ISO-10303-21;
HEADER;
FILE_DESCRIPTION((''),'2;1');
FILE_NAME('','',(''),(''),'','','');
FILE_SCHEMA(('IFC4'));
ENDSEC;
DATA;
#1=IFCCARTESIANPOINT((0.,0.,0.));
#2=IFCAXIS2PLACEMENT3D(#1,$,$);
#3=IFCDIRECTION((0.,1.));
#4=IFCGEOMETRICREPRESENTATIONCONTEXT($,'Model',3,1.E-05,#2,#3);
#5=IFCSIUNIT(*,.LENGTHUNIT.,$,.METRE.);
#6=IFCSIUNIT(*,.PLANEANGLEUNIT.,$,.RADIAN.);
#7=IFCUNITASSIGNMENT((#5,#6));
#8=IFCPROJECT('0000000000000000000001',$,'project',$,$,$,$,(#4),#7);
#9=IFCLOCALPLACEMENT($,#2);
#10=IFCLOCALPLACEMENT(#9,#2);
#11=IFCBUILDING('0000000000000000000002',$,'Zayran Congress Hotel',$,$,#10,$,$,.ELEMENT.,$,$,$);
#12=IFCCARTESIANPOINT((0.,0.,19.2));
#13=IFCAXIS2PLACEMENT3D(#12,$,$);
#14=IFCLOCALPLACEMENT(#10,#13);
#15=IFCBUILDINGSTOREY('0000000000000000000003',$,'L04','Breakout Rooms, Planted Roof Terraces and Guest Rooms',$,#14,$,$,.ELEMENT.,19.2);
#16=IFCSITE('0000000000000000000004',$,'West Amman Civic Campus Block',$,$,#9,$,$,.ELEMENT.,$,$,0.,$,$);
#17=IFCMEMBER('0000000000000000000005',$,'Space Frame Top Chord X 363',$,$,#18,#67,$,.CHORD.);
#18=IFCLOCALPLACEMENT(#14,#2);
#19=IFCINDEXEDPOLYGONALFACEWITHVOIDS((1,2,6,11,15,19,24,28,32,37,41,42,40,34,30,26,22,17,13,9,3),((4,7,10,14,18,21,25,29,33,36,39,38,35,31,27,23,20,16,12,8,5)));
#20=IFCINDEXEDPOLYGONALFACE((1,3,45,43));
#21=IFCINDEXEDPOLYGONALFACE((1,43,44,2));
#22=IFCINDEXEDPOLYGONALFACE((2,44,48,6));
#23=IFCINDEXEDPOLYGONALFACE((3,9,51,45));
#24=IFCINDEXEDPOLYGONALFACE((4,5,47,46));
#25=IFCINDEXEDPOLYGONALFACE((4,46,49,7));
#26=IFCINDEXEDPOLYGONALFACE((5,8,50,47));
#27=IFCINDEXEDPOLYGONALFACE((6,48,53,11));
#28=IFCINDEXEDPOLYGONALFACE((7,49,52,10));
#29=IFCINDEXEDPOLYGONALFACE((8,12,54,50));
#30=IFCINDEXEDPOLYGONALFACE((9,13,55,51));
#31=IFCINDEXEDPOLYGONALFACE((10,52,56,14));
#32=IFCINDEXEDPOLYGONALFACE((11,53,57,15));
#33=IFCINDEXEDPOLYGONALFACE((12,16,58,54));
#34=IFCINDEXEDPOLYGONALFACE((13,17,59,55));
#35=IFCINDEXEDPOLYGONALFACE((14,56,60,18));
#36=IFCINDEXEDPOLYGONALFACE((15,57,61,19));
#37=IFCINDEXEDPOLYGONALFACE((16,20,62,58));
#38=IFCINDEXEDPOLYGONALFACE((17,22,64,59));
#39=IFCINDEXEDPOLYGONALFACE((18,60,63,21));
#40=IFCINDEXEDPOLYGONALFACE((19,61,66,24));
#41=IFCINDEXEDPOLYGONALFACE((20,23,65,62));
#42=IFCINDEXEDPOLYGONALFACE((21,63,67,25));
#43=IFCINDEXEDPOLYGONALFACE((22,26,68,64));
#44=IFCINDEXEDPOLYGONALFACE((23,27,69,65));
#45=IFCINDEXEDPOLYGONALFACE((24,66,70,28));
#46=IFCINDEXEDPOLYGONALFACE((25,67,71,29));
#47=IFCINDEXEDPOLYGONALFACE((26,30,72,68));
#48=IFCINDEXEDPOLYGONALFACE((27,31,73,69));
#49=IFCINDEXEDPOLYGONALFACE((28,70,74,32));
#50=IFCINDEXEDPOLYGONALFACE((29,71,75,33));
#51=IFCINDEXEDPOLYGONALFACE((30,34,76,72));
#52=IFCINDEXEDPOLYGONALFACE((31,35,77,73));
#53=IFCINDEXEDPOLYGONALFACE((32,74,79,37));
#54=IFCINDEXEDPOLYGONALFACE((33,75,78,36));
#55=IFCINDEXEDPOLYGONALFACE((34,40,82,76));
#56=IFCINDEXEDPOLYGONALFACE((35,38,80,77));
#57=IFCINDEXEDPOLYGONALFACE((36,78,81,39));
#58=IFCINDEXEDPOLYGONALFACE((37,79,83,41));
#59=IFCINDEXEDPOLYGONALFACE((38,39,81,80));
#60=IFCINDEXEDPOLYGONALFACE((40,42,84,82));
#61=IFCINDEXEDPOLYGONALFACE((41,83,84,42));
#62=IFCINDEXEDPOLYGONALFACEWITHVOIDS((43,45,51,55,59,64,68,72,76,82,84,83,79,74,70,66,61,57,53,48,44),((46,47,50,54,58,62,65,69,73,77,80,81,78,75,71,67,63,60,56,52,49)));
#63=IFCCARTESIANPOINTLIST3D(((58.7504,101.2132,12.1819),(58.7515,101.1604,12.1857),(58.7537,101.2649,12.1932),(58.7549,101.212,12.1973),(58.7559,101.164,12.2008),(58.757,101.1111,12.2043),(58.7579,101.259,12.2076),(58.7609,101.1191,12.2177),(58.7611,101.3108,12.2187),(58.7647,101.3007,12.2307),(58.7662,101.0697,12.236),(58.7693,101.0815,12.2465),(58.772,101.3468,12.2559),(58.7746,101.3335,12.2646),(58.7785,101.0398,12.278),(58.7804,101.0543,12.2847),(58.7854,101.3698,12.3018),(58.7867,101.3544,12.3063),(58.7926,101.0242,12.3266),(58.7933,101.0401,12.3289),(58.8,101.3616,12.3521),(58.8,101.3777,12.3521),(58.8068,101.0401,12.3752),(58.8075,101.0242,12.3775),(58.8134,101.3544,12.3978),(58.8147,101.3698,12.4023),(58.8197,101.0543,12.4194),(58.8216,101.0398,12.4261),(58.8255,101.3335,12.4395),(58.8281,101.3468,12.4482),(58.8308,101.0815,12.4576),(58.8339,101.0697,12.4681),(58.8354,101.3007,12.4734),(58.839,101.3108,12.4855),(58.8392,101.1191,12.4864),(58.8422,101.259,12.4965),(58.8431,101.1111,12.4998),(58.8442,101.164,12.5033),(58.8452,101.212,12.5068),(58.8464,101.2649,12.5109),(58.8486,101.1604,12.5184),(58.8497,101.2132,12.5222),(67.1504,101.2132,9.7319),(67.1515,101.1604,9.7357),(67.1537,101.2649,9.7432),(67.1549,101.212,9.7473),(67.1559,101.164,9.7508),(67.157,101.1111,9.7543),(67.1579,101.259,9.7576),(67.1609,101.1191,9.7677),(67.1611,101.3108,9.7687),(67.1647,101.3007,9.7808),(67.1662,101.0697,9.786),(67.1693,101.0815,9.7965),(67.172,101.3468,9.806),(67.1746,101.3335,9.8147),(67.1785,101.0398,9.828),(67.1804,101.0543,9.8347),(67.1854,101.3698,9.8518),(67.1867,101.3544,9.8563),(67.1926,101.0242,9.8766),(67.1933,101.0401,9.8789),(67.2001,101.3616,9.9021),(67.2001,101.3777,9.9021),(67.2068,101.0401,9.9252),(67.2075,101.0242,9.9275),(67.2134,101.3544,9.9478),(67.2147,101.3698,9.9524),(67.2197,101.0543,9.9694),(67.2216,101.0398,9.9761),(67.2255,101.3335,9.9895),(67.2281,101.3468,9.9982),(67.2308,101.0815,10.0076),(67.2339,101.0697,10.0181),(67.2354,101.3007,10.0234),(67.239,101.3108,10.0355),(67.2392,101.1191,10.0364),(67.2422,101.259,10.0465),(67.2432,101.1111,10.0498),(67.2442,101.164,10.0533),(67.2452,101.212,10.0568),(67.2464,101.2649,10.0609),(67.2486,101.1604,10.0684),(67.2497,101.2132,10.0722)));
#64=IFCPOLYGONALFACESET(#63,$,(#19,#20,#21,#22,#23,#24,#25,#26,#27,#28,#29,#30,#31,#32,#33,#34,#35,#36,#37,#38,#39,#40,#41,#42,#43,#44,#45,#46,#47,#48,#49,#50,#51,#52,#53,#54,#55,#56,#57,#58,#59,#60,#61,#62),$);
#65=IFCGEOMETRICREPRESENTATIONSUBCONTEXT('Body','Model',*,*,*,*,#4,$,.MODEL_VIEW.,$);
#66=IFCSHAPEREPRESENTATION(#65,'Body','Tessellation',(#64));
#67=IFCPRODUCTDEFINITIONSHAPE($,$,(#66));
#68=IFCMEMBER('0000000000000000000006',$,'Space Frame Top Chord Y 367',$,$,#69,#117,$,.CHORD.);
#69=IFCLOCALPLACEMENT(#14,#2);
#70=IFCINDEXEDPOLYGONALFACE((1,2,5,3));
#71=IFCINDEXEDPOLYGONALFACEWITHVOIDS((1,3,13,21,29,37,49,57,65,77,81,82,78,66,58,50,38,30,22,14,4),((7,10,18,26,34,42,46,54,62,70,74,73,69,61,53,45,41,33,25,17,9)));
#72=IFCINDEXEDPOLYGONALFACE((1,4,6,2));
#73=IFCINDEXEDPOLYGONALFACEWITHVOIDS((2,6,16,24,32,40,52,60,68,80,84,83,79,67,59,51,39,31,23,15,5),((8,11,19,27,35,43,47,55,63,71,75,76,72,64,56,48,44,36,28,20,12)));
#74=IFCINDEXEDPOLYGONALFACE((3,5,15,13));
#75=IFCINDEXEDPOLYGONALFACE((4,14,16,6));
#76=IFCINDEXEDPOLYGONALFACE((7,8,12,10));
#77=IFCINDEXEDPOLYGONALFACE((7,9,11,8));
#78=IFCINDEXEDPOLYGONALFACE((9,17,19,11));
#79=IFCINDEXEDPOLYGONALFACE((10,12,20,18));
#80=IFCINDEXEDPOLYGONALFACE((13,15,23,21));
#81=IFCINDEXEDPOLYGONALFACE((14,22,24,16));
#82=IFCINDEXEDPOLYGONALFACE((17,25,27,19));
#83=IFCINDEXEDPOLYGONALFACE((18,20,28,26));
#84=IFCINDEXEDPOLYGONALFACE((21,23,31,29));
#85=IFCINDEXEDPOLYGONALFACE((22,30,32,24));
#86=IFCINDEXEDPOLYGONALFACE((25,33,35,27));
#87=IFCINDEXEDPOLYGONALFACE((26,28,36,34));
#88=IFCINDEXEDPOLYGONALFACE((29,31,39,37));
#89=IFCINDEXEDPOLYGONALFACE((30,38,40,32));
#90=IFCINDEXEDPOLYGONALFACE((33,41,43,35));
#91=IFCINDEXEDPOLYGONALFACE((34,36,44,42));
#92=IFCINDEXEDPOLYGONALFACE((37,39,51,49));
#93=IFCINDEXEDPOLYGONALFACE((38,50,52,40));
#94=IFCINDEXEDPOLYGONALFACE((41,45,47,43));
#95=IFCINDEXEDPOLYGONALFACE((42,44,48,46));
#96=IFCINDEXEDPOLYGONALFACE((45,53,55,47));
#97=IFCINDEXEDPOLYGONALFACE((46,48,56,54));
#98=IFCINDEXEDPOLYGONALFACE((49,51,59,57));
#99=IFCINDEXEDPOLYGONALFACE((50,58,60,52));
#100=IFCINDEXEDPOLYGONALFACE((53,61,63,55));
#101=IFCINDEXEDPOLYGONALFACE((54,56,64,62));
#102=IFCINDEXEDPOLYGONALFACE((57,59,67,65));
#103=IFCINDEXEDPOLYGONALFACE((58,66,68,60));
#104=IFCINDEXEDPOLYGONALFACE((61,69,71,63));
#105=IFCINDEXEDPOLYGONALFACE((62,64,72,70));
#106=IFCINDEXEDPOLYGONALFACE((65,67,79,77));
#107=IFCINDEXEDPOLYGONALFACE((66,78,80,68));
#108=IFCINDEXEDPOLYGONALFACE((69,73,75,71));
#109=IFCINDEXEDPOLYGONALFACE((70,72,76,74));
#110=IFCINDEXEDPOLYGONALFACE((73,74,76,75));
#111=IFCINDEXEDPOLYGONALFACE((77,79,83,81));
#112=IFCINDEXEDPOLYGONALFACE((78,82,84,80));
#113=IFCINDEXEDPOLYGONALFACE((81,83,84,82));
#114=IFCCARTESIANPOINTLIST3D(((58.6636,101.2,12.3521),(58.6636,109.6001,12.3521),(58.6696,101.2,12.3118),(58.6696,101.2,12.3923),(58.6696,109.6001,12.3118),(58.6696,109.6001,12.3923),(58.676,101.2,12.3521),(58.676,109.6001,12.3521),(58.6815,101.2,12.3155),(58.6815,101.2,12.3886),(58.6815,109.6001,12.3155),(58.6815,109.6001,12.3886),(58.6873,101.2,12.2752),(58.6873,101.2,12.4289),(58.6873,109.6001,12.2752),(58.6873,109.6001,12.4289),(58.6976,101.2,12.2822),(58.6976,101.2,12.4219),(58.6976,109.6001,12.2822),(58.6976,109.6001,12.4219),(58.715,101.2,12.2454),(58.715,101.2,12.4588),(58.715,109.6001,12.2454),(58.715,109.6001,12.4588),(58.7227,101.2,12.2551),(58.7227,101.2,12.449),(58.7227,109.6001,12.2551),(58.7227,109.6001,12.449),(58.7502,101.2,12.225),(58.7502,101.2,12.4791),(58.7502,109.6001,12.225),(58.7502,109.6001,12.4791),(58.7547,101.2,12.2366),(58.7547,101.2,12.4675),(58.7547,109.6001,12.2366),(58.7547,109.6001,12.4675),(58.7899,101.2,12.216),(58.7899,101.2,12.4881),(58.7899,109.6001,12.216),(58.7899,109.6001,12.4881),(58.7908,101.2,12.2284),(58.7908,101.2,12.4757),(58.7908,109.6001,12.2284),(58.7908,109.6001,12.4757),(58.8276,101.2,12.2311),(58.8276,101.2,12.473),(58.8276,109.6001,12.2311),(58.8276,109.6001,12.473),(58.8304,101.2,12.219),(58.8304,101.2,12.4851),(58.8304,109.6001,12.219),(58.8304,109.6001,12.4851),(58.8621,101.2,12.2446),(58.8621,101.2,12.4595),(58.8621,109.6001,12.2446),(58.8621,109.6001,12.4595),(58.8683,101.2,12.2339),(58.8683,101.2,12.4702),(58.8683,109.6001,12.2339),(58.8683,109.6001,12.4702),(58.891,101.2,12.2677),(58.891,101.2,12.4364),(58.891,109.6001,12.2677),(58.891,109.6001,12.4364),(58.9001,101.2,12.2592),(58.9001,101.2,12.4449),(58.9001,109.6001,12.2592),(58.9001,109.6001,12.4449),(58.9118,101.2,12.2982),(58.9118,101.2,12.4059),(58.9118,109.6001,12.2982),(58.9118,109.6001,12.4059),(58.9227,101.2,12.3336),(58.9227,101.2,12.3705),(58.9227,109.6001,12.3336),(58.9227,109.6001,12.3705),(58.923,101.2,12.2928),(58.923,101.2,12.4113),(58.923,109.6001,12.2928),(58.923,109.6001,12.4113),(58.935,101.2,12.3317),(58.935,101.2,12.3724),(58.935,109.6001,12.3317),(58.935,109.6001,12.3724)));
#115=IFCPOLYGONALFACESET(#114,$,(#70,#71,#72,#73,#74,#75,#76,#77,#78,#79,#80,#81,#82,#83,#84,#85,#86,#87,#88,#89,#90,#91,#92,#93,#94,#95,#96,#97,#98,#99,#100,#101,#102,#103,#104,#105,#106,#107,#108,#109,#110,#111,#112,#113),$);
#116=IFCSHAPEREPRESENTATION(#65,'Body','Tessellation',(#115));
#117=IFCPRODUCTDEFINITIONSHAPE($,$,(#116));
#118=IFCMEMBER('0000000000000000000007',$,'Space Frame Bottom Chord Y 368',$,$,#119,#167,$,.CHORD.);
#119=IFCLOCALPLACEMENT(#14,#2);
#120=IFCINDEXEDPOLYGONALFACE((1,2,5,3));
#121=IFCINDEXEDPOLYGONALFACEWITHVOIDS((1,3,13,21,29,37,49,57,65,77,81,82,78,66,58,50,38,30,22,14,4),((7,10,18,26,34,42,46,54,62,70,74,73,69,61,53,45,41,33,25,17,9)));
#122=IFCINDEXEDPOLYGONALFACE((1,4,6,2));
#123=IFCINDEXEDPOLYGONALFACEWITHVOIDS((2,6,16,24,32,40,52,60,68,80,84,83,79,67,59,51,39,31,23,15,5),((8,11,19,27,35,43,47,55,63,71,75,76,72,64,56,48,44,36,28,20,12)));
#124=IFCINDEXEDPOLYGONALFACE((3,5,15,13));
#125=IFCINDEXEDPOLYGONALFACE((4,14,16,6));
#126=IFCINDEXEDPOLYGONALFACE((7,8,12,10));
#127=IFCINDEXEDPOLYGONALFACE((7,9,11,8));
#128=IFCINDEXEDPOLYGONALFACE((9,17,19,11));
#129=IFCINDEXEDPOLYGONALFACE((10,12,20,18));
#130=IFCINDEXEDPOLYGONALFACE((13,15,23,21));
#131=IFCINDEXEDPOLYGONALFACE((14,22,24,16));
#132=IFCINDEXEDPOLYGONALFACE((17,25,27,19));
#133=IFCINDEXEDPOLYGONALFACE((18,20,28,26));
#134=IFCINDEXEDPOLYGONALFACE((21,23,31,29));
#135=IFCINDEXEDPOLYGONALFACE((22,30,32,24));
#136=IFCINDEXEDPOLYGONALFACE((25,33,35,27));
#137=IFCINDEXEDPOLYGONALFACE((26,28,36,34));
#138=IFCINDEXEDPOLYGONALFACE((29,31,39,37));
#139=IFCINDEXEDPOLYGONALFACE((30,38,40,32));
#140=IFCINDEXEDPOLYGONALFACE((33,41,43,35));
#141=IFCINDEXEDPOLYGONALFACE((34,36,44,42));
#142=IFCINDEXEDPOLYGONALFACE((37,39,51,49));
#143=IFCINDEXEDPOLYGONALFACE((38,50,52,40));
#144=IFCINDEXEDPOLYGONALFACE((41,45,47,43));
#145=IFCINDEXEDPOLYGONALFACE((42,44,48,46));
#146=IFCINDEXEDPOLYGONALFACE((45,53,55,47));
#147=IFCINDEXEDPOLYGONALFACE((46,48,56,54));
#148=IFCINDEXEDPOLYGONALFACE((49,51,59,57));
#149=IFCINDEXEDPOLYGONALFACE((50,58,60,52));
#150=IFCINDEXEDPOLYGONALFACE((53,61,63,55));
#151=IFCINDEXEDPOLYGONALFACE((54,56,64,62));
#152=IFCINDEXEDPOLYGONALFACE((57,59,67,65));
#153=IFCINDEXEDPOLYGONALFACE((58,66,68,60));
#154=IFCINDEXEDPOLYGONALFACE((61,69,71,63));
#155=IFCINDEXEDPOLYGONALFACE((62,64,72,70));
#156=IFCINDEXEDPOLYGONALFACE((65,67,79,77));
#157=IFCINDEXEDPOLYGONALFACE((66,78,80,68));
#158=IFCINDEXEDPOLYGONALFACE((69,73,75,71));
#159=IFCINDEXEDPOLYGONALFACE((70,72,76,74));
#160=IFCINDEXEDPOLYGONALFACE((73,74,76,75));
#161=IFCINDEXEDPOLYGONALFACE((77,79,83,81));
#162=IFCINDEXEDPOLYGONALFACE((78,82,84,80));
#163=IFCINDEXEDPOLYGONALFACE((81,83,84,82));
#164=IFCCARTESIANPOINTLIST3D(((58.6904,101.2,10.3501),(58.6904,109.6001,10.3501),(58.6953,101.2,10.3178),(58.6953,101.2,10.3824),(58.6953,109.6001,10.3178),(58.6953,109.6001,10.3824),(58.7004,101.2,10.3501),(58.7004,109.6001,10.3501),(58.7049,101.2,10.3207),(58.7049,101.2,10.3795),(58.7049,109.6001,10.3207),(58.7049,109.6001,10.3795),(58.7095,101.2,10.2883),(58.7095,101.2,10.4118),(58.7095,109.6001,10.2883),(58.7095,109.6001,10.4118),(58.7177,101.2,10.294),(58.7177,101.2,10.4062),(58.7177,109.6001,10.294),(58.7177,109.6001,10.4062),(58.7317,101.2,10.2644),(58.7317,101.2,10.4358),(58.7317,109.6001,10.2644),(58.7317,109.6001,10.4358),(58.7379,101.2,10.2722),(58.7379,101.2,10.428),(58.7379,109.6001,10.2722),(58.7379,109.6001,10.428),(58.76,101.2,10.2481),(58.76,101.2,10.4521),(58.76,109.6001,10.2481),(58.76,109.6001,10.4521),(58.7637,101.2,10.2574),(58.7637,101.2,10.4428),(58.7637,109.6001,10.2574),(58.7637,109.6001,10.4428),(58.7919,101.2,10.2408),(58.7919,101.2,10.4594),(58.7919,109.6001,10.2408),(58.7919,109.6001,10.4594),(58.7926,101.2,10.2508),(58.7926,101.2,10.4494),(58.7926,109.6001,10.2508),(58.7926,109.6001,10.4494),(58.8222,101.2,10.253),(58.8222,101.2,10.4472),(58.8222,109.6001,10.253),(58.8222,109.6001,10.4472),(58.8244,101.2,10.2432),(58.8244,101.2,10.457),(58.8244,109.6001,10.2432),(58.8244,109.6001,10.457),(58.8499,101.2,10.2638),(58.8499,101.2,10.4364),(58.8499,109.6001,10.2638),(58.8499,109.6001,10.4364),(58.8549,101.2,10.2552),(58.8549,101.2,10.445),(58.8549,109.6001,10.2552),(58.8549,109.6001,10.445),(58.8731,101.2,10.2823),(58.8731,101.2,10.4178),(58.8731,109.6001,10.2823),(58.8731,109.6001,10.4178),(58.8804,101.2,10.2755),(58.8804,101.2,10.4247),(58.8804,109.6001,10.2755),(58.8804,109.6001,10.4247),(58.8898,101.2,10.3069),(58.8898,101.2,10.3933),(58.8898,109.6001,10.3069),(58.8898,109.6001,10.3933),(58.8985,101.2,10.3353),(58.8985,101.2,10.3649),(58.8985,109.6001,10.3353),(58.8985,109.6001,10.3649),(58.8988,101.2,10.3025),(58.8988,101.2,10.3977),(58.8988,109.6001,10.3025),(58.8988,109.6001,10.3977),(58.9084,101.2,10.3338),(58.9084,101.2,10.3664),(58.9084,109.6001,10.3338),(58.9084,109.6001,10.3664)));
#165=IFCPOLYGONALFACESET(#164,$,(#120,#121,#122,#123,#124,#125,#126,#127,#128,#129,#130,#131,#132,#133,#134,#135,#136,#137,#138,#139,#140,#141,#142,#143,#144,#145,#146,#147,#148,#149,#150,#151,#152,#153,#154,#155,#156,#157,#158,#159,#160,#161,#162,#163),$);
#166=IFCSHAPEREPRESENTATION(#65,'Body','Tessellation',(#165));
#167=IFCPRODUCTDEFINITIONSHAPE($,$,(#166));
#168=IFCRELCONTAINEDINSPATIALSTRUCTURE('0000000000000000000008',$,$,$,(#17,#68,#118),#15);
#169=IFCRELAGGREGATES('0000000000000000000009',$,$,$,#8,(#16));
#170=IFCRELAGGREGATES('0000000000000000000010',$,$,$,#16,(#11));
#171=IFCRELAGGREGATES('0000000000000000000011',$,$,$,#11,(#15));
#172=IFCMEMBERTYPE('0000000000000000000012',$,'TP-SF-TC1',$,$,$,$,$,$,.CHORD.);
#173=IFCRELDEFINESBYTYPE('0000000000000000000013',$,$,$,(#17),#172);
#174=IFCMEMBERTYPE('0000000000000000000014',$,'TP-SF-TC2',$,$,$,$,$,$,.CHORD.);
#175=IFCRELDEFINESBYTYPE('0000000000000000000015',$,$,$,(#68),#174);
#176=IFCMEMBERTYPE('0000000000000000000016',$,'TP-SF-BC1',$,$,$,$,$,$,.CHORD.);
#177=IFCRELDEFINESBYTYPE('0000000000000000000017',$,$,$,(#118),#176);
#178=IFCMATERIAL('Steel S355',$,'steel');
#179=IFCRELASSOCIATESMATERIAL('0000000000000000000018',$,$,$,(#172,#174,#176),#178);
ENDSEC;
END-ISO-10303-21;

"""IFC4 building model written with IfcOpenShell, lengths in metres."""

from ifc_helpers import new_model, si_unit, direction, frame, origin, origin_2d, place, context, subcontext, project, spatial, hollow_circle, extrude, material, material_profile, profile_set, type_object, element, save


model = new_model("IFC4")

# Units and contexts
model_context = context("Model", 3, precision=1e-05, world=origin(), true_north=direction((0.0, 1.0)))
body_context = subcontext(model_context, "Body", "Model", "MODEL_VIEW")
ifc_project = project(units=[si_unit("LENGTHUNIT", "METRE"), si_unit("PLANEANGLEUNIT", "RADIAN")], contexts=[model_context])

# Site, building, storey
site_placement = place(None, origin())
site = spatial("IfcSite", under=ifc_project, at=site_placement, Name="West Amman Civic Campus Block", CompositionType="ELEMENT", RefElevation=0.0)
building_placement = place(site_placement, origin())
building = spatial("IfcBuilding", under=site, at=building_placement, Name="Zayran Congress Hotel", CompositionType="ELEMENT")
storey_placement = place(building_placement, frame((0.0, 0.0, 19.2)))
storey = spatial("IfcBuildingStorey", under=building, at=storey_placement, Name="L04", Description="Breakout Rooms, Planted Roof Terraces and Guest Rooms", CompositionType="ELEMENT", Elevation=19.2)

# Members
ifc_material_1 = material(Name="Steel S355", Category="steel")
ifc_material_profile_1 = material_profile(ifc_material_1, hollow_circle(Radius=0.1777, WallThickness=0.0161, at=origin_2d()), Name="CHS 355.6x16")
ifc_profile_set_1 = profile_set([ifc_material_profile_1], Name="Steel S355")
member_type_1 = type_object("IfcMemberType", Name="TP-SF-TC1", PredefinedType="CHORD", material=ifc_profile_set_1)
member_1_placement = place(storey_placement, frame((58.8, 101.2, 12.3521), z_axis=(0.960001, 0.0, -0.279998), x_axis=(0.0, 1.0, 0.0)))
element("IfcMember", 1, at=member_1_placement, inside=storey, type_object=member_type_1, Name="Space Frame Top Chord X 363", PredefinedType="CHORD", context=body_context, shape_type="SweptSolid", body=[
    extrude(hollow_circle(Radius=0.1777, WallThickness=0.0161, at=origin_2d()), origin(), (0.0, 0.0, 1.0), 8.75),
])
ifc_material_profile_2 = material_profile(ifc_material_1, hollow_circle(Radius=0.1365, WallThickness=0.0125, at=origin_2d()), Name="CHS 273x12.5")
ifc_profile_set_2 = profile_set([ifc_material_profile_2], Name="Steel S355")
member_type_2 = type_object("IfcMemberType", Name="TP-SF-TC2", PredefinedType="CHORD", material=ifc_profile_set_2)
member_2_placement = place(storey_placement, frame((58.8, 101.2, 12.3521), z_axis=(0.0, 1.0, 0.0), x_axis=(-1.0, 0.0, 0.0)))
element("IfcMember", 2, at=member_2_placement, inside=storey, type_object=member_type_2, Name="Space Frame Top Chord Y 367", PredefinedType="CHORD", context=body_context, shape_type="SweptSolid", body=[
    extrude(hollow_circle(Radius=0.1365, WallThickness=0.0125, at=origin_2d()), origin(), (0.0, 0.0, 1.0), 8.4001),
])
ifc_material_profile_3 = material_profile(ifc_material_1, hollow_circle(Radius=0.1096, WallThickness=0.01, at=origin_2d()), Name="CHS 219.1x10")
ifc_profile_set_3 = profile_set([ifc_material_profile_3], Name="Steel S355")
member_type_3 = type_object("IfcMemberType", Name="TP-SF-BC1", PredefinedType="CHORD", material=ifc_profile_set_3)
member_3_placement = place(storey_placement, frame((58.8, 101.2, 10.3501), z_axis=(0.0, 1.0, 0.0), x_axis=(-1.0, 0.0, 0.0)))
element("IfcMember", 3, at=member_3_placement, inside=storey, type_object=member_type_3, Name="Space Frame Bottom Chord Y 368", PredefinedType="CHORD", context=body_context, shape_type="SweptSolid", body=[
    extrude(hollow_circle(Radius=0.1096, WallThickness=0.01, at=origin_2d()), origin(), (0.0, 0.0, 1.0), 8.4001),
])

save(model, "model.ifc")
